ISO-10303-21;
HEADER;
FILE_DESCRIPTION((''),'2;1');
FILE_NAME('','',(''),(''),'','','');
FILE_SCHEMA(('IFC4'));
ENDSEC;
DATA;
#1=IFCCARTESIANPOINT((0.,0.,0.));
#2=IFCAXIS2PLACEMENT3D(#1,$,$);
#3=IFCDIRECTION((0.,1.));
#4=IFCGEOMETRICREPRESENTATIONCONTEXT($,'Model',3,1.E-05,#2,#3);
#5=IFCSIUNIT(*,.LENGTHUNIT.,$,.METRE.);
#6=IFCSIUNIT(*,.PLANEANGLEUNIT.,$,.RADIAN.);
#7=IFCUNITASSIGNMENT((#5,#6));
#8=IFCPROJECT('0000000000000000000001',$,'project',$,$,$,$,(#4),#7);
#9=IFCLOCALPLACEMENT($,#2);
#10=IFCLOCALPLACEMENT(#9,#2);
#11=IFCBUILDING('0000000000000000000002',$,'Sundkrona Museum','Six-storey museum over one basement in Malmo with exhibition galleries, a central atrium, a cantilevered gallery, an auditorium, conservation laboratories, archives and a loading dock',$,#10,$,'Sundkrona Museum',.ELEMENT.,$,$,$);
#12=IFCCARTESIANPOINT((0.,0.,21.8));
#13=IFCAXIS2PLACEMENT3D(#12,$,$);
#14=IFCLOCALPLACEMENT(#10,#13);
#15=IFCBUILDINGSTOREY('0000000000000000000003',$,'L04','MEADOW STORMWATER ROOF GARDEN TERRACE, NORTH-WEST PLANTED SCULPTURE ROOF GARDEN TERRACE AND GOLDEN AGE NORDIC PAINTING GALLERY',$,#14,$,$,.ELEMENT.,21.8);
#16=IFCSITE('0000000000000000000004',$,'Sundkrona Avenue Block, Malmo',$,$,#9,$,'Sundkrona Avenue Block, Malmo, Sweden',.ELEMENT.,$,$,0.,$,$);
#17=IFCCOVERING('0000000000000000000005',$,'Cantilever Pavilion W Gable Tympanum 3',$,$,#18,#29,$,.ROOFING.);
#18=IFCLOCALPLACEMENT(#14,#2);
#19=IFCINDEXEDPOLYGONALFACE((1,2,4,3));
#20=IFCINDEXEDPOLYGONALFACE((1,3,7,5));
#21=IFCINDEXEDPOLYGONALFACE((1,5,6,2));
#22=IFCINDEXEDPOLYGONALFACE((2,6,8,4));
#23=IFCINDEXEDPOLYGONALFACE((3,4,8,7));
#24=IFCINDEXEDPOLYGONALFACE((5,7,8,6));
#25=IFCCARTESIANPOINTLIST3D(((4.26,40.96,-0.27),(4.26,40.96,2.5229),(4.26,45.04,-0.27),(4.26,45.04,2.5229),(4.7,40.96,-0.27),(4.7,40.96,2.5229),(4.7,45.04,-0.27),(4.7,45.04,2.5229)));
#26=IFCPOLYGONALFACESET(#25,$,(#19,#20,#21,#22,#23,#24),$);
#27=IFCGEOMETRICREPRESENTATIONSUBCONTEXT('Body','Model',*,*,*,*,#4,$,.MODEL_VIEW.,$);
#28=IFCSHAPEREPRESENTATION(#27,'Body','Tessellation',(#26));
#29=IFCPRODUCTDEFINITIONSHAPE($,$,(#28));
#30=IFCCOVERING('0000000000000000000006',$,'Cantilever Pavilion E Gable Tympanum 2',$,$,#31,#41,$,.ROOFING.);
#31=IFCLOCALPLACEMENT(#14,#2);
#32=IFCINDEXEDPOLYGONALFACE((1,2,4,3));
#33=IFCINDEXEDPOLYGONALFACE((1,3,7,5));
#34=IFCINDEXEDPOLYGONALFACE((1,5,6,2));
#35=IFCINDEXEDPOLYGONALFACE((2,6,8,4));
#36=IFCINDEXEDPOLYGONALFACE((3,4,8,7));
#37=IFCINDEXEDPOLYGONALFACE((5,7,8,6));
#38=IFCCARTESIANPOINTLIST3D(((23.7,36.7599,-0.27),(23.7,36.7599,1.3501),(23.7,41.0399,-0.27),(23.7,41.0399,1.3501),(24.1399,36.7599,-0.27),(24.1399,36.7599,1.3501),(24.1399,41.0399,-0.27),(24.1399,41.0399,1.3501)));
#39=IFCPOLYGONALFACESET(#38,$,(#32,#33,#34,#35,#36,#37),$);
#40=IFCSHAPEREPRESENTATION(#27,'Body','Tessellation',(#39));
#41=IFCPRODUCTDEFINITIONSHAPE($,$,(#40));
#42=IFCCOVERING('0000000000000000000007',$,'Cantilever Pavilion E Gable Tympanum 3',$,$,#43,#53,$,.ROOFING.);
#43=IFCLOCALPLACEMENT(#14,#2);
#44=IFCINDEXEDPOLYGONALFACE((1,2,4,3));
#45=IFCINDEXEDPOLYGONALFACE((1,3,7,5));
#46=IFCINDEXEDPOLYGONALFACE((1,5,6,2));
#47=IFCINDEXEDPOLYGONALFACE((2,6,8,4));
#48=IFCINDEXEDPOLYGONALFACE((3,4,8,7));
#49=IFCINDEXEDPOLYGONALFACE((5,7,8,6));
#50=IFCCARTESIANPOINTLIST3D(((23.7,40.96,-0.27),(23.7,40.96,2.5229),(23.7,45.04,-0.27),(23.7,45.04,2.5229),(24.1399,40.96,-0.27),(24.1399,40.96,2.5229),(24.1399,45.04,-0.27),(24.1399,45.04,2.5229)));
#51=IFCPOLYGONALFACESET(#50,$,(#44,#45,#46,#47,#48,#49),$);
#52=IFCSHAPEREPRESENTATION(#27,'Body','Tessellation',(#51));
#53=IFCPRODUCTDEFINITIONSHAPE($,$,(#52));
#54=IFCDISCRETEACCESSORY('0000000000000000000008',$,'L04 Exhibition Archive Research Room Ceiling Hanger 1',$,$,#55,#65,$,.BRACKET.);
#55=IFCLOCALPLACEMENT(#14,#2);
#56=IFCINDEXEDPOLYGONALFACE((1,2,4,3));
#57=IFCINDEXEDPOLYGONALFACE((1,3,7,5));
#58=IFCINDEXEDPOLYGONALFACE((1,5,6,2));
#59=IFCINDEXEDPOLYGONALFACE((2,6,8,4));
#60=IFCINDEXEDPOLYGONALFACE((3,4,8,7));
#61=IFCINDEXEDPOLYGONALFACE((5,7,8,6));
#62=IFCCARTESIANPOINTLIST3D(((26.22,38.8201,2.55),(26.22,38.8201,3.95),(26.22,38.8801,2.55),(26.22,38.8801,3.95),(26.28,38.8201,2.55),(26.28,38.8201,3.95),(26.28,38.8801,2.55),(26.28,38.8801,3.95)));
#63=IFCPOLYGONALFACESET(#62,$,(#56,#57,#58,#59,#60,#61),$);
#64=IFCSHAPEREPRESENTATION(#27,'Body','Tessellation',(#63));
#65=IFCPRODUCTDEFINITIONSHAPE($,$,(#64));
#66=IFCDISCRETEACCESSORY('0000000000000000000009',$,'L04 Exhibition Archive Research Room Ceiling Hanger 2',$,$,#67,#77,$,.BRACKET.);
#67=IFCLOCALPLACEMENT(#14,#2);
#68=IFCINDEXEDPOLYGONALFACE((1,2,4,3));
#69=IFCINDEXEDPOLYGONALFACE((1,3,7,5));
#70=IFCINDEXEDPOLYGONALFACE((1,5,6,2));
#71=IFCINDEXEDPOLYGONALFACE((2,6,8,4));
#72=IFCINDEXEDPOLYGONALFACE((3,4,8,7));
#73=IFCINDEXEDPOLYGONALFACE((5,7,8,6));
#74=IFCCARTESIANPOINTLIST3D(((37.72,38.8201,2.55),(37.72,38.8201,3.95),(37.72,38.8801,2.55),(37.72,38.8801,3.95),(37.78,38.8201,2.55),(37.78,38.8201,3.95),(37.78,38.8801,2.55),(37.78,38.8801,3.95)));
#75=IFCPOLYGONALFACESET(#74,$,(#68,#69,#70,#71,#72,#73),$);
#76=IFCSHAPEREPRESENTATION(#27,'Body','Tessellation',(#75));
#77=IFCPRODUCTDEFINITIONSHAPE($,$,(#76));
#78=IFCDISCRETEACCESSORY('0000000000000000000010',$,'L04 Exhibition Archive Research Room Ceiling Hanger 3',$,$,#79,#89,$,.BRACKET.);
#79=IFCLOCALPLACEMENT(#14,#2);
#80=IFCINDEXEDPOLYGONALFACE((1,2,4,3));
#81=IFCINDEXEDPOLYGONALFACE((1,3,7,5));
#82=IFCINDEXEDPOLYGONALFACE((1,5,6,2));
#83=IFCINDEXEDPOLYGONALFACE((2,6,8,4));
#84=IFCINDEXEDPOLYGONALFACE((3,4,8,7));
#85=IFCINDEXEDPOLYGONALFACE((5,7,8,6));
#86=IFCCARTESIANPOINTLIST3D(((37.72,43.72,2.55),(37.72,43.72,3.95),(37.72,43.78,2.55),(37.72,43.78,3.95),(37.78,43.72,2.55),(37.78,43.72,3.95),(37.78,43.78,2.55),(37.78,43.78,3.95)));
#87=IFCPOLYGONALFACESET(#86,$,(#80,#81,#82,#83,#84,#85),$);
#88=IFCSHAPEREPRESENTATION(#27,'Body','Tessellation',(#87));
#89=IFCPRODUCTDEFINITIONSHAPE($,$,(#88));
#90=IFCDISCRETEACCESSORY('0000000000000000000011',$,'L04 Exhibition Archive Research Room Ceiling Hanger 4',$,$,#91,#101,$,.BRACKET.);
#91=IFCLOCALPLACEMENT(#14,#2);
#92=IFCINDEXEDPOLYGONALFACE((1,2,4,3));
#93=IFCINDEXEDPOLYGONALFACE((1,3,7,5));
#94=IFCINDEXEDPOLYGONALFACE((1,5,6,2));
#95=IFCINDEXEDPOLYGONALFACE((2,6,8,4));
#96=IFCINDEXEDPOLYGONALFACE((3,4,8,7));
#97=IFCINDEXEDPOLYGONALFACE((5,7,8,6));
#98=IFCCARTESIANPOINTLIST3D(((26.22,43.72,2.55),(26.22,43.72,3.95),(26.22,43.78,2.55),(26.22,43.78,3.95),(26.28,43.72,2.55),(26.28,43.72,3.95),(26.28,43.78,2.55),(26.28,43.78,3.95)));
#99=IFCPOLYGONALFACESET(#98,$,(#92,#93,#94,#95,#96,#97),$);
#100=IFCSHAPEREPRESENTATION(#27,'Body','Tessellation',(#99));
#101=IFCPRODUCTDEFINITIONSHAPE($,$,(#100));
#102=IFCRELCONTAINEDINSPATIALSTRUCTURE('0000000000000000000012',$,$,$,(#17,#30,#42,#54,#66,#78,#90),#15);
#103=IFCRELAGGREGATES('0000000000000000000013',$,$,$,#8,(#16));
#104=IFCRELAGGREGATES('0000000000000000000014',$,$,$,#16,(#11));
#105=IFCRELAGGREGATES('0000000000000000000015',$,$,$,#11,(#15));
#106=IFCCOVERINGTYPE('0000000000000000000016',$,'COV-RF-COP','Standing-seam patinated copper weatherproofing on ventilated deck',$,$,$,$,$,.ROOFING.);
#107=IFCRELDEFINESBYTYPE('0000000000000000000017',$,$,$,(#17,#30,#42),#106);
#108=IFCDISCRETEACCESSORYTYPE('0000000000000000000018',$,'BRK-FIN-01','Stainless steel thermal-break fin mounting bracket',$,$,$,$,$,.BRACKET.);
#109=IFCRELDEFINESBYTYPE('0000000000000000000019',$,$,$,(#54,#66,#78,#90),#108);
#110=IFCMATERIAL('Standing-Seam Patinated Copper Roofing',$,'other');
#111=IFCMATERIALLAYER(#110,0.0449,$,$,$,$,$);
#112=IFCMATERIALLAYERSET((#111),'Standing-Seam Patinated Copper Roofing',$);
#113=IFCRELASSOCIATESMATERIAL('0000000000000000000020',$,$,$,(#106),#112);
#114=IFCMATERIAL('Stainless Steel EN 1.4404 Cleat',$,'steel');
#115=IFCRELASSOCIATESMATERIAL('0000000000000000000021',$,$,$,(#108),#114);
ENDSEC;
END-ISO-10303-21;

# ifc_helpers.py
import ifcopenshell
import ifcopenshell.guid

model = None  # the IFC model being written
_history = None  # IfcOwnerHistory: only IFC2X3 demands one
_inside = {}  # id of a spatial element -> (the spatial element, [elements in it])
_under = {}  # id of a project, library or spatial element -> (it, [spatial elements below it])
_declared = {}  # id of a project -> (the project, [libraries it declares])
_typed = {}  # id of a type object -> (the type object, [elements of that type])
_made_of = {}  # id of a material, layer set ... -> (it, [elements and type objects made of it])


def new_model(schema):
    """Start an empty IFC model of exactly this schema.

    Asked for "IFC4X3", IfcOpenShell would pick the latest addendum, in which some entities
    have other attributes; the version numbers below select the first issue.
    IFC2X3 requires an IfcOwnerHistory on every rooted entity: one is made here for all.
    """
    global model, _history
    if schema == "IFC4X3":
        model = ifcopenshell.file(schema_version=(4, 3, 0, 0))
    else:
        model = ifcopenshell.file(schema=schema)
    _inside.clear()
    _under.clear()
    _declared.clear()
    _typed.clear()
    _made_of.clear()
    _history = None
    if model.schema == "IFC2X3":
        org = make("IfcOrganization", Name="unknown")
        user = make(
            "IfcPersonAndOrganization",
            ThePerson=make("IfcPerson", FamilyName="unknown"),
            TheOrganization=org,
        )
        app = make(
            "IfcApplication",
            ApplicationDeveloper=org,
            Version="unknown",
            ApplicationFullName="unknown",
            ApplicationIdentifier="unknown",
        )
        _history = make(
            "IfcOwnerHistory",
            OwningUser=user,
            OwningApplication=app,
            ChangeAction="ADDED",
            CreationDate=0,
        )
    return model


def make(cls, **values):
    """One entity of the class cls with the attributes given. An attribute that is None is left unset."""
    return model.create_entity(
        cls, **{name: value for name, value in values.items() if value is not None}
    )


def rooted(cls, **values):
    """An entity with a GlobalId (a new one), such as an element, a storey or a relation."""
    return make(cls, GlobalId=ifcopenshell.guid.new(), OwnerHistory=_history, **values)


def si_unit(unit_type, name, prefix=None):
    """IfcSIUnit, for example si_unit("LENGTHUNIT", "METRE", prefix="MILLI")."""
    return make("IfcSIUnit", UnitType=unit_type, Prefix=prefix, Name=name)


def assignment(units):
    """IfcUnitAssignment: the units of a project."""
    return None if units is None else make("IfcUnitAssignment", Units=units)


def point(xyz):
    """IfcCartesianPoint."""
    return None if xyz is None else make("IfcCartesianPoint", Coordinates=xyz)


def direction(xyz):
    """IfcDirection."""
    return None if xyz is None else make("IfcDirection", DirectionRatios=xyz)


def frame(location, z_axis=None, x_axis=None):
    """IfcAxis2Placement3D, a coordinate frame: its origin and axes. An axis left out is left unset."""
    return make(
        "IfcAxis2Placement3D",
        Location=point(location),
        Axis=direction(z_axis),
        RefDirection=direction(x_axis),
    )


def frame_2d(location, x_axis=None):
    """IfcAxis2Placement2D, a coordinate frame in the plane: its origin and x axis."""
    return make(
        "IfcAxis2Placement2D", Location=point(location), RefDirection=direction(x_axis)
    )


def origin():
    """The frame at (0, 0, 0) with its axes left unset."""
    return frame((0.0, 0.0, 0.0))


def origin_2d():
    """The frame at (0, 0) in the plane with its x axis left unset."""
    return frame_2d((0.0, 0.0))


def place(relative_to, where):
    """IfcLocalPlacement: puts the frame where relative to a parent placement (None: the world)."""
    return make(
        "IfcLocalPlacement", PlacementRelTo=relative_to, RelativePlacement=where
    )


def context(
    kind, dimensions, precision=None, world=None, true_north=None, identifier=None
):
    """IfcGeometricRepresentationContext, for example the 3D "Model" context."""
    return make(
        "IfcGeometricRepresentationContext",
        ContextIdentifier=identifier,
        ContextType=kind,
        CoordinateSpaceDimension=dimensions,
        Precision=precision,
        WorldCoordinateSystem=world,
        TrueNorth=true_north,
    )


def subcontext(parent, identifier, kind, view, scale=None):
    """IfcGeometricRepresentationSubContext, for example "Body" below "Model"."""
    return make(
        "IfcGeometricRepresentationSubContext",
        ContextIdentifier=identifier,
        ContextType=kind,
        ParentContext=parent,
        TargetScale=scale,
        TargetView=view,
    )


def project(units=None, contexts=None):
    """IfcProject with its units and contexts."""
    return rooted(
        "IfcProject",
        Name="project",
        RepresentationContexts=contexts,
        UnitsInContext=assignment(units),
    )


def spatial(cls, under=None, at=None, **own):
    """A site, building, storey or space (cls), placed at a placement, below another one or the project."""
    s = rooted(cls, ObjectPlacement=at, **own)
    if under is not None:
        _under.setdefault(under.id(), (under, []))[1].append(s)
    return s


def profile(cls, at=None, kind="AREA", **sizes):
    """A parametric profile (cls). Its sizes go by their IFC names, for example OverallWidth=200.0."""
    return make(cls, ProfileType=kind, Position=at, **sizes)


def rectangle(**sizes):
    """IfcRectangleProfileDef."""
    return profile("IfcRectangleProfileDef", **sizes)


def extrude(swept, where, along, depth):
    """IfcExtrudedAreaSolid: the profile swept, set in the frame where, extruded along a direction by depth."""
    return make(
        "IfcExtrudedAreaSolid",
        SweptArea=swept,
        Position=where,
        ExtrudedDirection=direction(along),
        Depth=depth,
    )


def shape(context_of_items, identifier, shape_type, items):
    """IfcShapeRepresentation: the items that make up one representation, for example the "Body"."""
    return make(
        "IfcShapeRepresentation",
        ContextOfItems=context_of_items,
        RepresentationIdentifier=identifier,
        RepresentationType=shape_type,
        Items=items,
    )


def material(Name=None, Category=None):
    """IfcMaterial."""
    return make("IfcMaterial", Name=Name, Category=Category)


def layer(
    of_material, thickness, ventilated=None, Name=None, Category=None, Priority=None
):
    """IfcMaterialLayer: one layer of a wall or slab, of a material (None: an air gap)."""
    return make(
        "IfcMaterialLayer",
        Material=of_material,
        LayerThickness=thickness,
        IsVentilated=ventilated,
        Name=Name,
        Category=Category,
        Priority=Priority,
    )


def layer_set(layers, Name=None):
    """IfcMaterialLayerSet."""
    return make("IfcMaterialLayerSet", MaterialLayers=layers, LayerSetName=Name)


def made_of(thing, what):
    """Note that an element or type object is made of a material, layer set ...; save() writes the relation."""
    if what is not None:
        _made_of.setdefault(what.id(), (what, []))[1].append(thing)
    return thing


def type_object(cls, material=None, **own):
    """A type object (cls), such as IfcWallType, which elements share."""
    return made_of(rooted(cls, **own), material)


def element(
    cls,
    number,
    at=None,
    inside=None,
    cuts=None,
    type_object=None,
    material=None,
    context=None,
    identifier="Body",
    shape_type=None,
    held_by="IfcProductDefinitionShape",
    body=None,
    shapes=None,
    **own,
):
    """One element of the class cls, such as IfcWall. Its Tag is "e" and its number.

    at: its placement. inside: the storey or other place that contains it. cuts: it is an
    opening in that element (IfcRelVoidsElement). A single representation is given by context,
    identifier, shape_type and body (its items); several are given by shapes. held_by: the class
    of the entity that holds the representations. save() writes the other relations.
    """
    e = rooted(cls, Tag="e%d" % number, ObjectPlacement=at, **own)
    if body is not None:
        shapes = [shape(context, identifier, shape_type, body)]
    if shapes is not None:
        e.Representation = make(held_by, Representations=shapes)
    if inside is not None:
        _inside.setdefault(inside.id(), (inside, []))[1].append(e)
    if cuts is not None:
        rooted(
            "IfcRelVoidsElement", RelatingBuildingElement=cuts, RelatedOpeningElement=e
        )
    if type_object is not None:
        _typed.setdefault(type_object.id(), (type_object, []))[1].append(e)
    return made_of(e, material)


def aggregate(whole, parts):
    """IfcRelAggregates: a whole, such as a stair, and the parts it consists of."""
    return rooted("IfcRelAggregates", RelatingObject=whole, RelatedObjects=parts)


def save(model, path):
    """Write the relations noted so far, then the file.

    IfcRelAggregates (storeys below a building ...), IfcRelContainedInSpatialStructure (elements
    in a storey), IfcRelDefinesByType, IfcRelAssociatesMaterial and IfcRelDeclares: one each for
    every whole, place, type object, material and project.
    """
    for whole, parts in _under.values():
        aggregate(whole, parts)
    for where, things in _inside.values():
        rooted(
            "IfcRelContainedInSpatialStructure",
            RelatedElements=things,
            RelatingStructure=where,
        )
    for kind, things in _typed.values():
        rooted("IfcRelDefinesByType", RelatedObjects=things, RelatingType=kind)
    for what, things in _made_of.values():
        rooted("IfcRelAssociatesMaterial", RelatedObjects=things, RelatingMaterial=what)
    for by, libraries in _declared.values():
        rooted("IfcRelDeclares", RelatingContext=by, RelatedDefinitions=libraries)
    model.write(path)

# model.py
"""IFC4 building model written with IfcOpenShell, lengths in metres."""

from ifc_helpers import new_model, si_unit, direction, frame, origin, origin_2d, place, context, subcontext, project, spatial, rectangle, extrude, material, layer, layer_set, type_object, element, save


model = new_model("IFC4")

# Units and contexts
model_context = context("Model", 3, precision=1e-05, world=origin(), true_north=direction((0.0, 1.0)))
body_context = subcontext(model_context, "Body", "Model", "MODEL_VIEW")
ifc_project = project(units=[si_unit("LENGTHUNIT", "METRE"), si_unit("PLANEANGLEUNIT", "RADIAN")], contexts=[model_context])

# Site, building, storey
site_placement = place(None, origin())
site = spatial("IfcSite", under=ifc_project, at=site_placement, Name="Sundkrona Avenue Block, Malmo", LongName="Sundkrona Avenue Block, Malmo, Sweden", CompositionType="ELEMENT", RefElevation=0.0)
building_placement = place(site_placement, origin())
building = spatial("IfcBuilding", under=site, at=building_placement, Name="Sundkrona Museum", Description="Six-storey museum over one basement in Malmo with exhibition galleries, a central atrium, a cantilevered gallery, an auditorium, conservation laboratories, archives and a loading dock", LongName="Sundkrona Museum", CompositionType="ELEMENT")
storey_placement = place(building_placement, frame((0.0, 0.0, 21.8)))
storey = spatial("IfcBuildingStorey", under=building, at=storey_placement, Name="L04", Description="MEADOW STORMWATER ROOF GARDEN TERRACE, NORTH-WEST PLANTED SCULPTURE ROOF GARDEN TERRACE AND GOLDEN AGE NORDIC PAINTING GALLERY", CompositionType="ELEMENT", Elevation=21.8)

# Coverings
ifc_material_1 = material(Name="Standing-Seam Patinated Copper Roofing", Category="other")
ifc_layer_1 = layer(ifc_material_1, 0.0449)
ifc_layer_set_1 = layer_set([ifc_layer_1], Name="Standing-Seam Patinated Copper Roofing")
covering_type = type_object("IfcCoveringType", Name="COV-RF-COP", Description="Standing-seam patinated copper weatherproofing on ventilated deck", PredefinedType="ROOFING", material=ifc_layer_set_1)
covering_1_placement = place(storey_placement, frame((4.48, 43.0, -0.27), z_axis=(0.0, 0.0, 1.0), x_axis=(0.0, 1.0, 0.0)))
element("IfcCovering", 1, at=covering_1_placement, inside=storey, type_object=covering_type, Name="Cantilever Pavilion W Gable Tympanum 3", PredefinedType="ROOFING", context=body_context, shape_type="SweptSolid", body=[
    extrude(rectangle(XDim=4.0801, YDim=0.4399, at=origin_2d()), origin(), (0.0, 0.0, 1.0), 2.793),
])
covering_2_placement = place(storey_placement, frame((23.9199, 38.8999, -0.27), z_axis=(0.0, 0.0, 1.0), x_axis=(0.0, 1.0, 0.0)))
element("IfcCovering", 2, at=covering_2_placement, inside=storey, type_object=covering_type, Name="Cantilever Pavilion E Gable Tympanum 2", PredefinedType="ROOFING", context=body_context, shape_type="SweptSolid", body=[
    extrude(rectangle(XDim=4.28, YDim=0.4399, at=origin_2d()), origin(), (0.0, 0.0, 1.0), 1.6201),
])
covering_3_placement = place(storey_placement, frame((23.9199, 43.0, -0.27), z_axis=(0.0, 0.0, 1.0), x_axis=(0.0, 1.0, 0.0)))
element("IfcCovering", 3, at=covering_3_placement, inside=storey, type_object=covering_type, Name="Cantilever Pavilion E Gable Tympanum 3", PredefinedType="ROOFING", context=body_context, shape_type="SweptSolid", body=[
    extrude(rectangle(XDim=4.0801, YDim=0.4399, at=origin_2d()), origin(), (0.0, 0.0, 1.0), 2.793),
])

# Discrete accessories
ifc_material_2 = material(Name="Stainless Steel EN 1.4404 Cleat", Category="steel")
discrete_accessory_type = type_object("IfcDiscreteAccessoryType", Name="BRK-FIN-01", Description="Stainless steel thermal-break fin mounting bracket", PredefinedType="BRACKET", material=ifc_material_2)
for number, where, z_axis, x_axis, name in (
    (4, (26.25, 38.8501, 2.55), (0.0, 0.0, 1.0), (1.0, 0.0, 0.0), "L04 Exhibition Archive Research Room Ceiling Hanger 1"),
    (5, (37.75, 38.8501, 2.55), (0.0, 0.0, 1.0), (1.0, 0.0, 0.0), "L04 Exhibition Archive Research Room Ceiling Hanger 2"),
    (6, (37.75, 43.75, 2.55), (0.0, 0.0, 1.0), (1.0, 0.0, 0.0), "L04 Exhibition Archive Research Room Ceiling Hanger 3"),
    (7, (26.25, 43.75, 2.55), (0.0, 0.0, 1.0), (1.0, 0.0, 0.0), "L04 Exhibition Archive Research Room Ceiling Hanger 4"),
):
    element("IfcDiscreteAccessory", number, at=place(storey_placement, frame(where, z_axis=z_axis, x_axis=x_axis)), inside=storey, type_object=discrete_accessory_type, Name=name, PredefinedType="BRACKET", context=body_context, shape_type="SweptSolid", body=[
        extrude(rectangle(XDim=0.0601, YDim=0.0601, at=origin_2d()), origin(), (0.0, 0.0, 1.0), 1.3999),
    ])

save(model, "model.ifc")
